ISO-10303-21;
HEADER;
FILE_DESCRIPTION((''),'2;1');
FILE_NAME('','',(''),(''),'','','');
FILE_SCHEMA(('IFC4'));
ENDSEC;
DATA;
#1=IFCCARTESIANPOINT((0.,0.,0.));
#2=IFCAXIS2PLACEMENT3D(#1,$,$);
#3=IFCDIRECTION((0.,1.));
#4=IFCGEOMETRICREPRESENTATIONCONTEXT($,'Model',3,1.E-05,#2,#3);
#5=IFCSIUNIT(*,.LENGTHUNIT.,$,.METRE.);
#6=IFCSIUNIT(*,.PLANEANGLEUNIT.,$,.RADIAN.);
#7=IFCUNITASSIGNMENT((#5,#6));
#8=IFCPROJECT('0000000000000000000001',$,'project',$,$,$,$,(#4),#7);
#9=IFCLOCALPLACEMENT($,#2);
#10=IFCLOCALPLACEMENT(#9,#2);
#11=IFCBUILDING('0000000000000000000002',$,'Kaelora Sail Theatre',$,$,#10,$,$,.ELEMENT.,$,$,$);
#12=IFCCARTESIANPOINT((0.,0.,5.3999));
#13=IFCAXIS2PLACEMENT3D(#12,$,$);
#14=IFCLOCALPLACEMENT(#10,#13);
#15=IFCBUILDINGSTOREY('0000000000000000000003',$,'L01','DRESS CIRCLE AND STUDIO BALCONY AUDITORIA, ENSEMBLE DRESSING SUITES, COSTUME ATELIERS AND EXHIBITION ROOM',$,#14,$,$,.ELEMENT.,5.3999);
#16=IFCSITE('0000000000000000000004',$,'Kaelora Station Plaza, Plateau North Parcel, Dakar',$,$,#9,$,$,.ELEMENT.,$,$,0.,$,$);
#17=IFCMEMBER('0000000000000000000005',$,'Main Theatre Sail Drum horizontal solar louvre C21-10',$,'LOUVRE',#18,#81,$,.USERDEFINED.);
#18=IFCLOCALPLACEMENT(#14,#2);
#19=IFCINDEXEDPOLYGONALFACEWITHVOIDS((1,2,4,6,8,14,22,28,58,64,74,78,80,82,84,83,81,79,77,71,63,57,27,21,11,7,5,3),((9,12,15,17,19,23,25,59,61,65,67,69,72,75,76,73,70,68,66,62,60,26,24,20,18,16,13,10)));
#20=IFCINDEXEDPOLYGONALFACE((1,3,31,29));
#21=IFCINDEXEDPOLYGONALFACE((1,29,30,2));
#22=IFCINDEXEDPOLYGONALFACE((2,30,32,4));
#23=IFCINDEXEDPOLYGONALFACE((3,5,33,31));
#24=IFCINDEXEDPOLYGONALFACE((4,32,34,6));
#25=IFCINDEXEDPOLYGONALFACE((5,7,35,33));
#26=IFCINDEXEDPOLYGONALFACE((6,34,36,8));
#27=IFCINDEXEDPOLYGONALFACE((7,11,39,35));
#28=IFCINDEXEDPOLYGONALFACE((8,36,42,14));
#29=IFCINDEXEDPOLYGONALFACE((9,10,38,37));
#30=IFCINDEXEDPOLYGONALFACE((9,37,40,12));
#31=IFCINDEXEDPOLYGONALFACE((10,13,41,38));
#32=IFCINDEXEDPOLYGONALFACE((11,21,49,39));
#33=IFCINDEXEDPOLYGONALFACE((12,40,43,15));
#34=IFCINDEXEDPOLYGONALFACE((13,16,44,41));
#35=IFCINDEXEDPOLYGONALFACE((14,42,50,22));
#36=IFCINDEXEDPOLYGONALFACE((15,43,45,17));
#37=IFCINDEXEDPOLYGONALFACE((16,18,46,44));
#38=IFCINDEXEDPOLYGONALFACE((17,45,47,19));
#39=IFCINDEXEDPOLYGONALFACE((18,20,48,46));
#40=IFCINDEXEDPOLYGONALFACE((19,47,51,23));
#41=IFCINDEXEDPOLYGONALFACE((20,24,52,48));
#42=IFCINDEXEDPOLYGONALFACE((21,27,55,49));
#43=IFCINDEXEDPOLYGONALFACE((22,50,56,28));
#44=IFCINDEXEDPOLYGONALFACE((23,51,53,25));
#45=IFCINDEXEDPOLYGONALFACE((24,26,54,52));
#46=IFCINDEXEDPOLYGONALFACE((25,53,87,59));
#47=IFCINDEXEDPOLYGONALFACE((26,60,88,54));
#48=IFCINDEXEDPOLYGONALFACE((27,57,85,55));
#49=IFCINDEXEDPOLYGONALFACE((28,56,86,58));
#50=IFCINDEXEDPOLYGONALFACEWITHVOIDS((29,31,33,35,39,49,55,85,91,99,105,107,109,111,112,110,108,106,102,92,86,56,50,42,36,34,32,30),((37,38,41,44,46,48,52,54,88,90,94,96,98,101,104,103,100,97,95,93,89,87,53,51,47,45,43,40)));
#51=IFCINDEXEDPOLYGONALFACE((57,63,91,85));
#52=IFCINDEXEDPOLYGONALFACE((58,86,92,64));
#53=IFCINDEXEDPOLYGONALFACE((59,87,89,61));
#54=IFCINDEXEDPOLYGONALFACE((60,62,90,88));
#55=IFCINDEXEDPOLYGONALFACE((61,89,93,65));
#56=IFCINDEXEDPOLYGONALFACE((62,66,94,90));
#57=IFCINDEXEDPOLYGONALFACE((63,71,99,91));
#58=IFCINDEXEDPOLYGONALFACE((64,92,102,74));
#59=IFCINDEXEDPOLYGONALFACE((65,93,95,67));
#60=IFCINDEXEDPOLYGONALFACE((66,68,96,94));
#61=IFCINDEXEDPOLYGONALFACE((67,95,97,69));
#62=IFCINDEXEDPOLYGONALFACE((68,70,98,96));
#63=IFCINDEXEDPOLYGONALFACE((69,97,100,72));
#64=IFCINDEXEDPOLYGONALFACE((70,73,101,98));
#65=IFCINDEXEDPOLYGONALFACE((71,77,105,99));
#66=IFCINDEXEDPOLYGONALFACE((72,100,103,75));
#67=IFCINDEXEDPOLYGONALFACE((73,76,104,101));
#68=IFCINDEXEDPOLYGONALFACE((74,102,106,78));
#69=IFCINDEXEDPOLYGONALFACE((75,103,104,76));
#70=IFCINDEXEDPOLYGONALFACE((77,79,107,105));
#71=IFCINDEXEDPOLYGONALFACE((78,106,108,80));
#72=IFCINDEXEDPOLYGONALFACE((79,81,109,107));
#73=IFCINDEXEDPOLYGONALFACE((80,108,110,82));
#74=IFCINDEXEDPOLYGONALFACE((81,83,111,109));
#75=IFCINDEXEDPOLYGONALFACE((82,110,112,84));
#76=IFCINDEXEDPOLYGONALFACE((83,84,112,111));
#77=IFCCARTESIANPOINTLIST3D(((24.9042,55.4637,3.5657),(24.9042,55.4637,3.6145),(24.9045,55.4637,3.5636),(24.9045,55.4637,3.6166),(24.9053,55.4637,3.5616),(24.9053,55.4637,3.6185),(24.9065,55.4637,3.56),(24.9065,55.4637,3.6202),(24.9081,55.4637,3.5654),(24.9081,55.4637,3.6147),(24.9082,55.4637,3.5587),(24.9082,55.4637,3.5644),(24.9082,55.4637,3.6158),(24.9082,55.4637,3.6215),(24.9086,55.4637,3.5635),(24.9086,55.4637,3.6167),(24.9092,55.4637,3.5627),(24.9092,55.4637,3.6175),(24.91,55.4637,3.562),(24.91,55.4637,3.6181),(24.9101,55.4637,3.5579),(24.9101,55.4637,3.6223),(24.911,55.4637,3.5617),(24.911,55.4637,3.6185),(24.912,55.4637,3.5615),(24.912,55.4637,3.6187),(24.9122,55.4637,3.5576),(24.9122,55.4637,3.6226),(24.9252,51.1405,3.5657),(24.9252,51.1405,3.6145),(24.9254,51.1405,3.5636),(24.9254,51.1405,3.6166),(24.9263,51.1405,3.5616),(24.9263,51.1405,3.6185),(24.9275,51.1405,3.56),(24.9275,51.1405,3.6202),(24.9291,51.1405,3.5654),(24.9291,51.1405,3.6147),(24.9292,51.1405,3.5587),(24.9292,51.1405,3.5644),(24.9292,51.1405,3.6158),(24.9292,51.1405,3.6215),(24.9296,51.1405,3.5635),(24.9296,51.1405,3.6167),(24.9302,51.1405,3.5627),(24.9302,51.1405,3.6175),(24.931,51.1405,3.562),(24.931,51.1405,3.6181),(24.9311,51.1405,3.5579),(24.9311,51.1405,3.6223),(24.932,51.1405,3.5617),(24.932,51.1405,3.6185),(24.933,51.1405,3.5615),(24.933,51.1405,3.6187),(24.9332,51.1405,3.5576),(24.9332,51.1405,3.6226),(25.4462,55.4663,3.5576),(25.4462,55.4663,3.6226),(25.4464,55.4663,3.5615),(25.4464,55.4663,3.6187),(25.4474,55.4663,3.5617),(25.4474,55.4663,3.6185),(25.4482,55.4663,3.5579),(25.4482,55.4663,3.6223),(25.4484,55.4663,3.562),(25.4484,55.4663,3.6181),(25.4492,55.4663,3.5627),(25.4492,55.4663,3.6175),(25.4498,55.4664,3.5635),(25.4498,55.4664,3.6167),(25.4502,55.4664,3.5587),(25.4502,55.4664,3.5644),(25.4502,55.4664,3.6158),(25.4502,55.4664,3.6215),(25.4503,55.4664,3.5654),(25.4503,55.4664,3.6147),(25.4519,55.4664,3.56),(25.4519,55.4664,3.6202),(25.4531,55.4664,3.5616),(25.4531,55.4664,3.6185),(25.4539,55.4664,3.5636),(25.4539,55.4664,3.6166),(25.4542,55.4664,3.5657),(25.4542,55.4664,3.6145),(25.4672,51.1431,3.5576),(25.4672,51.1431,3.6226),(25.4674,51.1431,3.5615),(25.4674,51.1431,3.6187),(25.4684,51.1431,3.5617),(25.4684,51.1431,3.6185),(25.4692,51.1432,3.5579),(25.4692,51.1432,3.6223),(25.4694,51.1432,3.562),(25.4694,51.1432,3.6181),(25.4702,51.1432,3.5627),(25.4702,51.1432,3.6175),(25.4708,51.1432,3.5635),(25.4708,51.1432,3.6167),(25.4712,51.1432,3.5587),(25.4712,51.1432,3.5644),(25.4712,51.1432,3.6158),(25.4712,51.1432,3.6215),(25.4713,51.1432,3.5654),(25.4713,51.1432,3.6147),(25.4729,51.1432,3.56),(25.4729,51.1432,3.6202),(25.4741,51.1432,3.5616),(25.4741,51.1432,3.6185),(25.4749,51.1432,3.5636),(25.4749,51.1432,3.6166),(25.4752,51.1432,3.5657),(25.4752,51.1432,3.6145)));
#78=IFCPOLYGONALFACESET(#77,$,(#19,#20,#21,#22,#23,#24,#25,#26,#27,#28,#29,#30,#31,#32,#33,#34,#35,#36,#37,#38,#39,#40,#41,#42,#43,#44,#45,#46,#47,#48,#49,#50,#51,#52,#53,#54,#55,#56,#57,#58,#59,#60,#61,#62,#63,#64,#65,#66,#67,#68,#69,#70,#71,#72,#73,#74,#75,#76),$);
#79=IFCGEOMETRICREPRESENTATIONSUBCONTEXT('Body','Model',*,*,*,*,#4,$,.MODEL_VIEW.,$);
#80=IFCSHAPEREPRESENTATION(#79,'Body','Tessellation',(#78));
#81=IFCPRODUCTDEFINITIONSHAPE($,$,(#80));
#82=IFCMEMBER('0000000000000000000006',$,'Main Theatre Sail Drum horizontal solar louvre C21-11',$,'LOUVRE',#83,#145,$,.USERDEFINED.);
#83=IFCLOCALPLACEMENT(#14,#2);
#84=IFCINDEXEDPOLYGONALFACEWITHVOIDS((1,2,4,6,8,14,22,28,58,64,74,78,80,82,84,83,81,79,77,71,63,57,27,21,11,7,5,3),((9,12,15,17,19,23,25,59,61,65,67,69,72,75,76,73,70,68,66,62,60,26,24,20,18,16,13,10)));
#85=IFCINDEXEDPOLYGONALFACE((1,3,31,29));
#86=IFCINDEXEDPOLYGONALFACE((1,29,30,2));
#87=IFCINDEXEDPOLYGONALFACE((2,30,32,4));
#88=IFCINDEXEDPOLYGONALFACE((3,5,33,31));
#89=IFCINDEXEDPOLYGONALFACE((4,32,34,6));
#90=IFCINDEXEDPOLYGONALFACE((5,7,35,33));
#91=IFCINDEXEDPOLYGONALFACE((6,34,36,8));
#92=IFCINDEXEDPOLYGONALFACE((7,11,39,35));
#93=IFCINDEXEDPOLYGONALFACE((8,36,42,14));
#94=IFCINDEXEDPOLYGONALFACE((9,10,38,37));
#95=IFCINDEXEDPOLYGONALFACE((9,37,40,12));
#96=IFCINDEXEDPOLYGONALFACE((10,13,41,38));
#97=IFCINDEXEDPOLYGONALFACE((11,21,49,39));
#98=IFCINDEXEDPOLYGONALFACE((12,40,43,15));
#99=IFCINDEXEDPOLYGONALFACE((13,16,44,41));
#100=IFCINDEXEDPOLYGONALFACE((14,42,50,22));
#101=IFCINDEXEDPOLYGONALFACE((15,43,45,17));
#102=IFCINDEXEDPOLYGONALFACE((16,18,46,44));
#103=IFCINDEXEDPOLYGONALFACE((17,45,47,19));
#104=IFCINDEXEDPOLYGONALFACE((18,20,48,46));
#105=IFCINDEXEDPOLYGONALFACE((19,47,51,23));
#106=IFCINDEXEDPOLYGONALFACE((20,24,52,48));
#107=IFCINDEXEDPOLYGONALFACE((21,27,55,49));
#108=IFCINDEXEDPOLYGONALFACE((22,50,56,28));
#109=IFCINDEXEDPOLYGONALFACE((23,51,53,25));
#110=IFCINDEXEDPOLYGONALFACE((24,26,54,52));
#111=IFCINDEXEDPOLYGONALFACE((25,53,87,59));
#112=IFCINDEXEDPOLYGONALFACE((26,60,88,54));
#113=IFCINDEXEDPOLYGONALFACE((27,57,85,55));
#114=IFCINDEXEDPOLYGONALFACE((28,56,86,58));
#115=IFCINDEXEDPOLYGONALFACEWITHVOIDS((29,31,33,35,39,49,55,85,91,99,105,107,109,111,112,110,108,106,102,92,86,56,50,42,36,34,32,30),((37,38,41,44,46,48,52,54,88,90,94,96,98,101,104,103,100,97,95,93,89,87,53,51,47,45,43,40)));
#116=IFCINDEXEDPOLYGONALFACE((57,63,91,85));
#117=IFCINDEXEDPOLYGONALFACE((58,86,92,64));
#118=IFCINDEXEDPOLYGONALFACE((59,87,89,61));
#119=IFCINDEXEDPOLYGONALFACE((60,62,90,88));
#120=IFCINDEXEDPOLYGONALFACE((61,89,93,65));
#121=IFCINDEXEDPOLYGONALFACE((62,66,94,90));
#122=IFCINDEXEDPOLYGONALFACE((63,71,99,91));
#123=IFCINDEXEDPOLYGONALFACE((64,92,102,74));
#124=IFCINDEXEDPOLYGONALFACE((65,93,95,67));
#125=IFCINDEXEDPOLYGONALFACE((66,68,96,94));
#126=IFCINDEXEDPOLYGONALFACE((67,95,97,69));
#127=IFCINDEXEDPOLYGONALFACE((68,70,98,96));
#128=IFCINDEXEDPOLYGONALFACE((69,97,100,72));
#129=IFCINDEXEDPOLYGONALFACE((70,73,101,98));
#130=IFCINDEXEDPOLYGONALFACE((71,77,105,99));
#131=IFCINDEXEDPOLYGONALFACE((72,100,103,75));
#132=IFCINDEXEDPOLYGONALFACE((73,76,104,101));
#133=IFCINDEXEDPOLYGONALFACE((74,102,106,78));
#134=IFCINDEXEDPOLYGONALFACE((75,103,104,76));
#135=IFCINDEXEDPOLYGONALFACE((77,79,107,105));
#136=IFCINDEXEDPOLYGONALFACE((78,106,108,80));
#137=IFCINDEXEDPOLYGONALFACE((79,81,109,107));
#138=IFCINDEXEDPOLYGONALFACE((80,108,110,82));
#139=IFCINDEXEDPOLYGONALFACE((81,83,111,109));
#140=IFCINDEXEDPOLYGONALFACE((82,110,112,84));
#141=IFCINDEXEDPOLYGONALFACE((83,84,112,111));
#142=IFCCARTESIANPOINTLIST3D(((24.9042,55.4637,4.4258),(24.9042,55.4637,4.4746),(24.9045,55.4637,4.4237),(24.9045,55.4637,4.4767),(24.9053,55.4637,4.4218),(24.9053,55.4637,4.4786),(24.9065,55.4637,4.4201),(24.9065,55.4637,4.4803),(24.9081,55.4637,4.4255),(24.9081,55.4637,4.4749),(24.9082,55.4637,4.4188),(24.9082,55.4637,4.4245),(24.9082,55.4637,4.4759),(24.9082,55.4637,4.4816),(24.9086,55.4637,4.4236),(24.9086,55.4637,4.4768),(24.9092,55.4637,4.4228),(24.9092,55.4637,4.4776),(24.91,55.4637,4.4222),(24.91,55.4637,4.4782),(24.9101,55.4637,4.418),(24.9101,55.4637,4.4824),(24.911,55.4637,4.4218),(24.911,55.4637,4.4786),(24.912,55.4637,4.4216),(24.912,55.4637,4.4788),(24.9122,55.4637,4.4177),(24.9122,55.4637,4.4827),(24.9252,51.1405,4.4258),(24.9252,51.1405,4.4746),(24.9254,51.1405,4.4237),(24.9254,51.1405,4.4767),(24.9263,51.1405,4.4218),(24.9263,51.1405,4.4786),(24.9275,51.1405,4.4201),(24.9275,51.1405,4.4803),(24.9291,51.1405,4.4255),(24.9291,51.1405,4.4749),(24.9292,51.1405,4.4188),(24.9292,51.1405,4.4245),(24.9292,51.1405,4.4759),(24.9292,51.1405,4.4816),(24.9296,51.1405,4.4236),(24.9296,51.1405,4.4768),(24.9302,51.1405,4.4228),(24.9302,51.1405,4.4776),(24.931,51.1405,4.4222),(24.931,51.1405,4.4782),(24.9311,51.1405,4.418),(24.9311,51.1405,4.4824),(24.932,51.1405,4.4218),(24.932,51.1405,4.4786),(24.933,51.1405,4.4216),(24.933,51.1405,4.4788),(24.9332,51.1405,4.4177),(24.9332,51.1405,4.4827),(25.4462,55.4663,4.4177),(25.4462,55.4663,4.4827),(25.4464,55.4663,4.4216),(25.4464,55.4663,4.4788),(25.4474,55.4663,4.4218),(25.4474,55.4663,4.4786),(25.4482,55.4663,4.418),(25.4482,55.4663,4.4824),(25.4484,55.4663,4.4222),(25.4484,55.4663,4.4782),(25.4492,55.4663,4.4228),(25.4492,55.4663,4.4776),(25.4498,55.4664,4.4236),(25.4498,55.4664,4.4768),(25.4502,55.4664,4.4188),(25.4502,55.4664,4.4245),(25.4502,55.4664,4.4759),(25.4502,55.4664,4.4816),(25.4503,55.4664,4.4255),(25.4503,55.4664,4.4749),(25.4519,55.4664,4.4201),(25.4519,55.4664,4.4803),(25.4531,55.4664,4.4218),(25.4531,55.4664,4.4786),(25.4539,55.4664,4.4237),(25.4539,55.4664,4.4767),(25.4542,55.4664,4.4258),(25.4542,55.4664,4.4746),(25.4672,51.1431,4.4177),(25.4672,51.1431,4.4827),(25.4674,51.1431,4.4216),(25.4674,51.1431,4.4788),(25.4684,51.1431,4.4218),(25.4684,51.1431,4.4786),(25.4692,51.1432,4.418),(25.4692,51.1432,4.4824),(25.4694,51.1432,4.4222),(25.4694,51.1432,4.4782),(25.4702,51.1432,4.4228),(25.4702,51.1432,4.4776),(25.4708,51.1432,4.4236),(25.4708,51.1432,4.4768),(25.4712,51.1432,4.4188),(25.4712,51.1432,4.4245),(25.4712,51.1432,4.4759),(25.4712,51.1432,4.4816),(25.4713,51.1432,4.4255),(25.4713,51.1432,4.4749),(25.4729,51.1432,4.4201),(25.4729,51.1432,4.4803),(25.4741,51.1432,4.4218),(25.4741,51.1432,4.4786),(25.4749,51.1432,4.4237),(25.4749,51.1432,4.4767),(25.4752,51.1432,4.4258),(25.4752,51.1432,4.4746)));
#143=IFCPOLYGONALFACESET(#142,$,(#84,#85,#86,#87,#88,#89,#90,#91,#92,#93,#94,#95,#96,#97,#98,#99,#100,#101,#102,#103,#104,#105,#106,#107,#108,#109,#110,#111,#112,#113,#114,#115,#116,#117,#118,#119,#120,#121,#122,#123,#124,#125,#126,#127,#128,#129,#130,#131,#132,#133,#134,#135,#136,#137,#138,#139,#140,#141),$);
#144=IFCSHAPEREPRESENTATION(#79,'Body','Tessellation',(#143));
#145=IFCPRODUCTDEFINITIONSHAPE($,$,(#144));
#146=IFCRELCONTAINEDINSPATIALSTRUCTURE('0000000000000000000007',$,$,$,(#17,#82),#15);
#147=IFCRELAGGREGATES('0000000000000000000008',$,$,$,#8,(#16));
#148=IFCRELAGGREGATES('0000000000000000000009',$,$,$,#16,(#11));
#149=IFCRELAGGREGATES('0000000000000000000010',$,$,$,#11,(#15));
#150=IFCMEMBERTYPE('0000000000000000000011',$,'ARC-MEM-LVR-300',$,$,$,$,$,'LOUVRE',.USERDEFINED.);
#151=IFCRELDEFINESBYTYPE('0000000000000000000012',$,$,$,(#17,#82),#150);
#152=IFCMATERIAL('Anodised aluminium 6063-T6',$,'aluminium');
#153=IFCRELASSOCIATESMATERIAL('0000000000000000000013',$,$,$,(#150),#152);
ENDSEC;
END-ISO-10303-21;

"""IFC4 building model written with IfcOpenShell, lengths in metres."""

from ifc_helpers import new_model, si_unit, direction, frame, origin, origin_2d, place, context, subcontext, project, spatial, hollow_rectangle, extrude, material, material_profile, profile_set, type_object, element, save


model = new_model("IFC4")

# Units and contexts
model_context = context("Model", 3, precision=1e-05, world=origin(), true_north=direction((0.0, 1.0)))
body_context = subcontext(model_context, "Body", "Model", "MODEL_VIEW")
ifc_project = project(units=[si_unit("LENGTHUNIT", "METRE"), si_unit("PLANEANGLEUNIT", "RADIAN")], contexts=[model_context])

# Site, building, storey
site_placement = place(None, origin())
site = spatial("IfcSite", under=ifc_project, at=site_placement, Name="Kaelora Station Plaza, Plateau North Parcel, Dakar", CompositionType="ELEMENT", RefElevation=0.0)
building_placement = place(site_placement, origin())
building = spatial("IfcBuilding", under=site, at=building_placement, Name="Kaelora Sail Theatre", CompositionType="ELEMENT")
storey_placement = place(building_placement, frame((0.0, 0.0, 5.3999)))
storey = spatial("IfcBuildingStorey", under=building, at=storey_placement, Name="L01", Description="DRESS CIRCLE AND STUDIO BALCONY AUDITORIA, ENSEMBLE DRESSING SUITES, COSTUME ATELIERS AND EXHIBITION ROOM", CompositionType="ELEMENT", Elevation=5.3999)

# Members
ifc_material_1 = material(Name="Anodised aluminium 6063-T6", Category="aluminium")
ifc_material_profile_1 = material_profile(ifc_material_1, hollow_rectangle(XDim=0.55, YDim=0.0649, WallThickness=0.0039, InnerFilletRadius=0.0039, OuterFilletRadius=0.0081, at=origin_2d()), Name="LOUVRE 550x65x4")
ifc_profile_set_1 = profile_set([ifc_material_profile_1], Name="Anodised aluminium 6063-T6")
member_type = type_object("IfcMemberType", Name="ARC-MEM-LVR-300", ElementType="LOUVRE", PredefinedType="USERDEFINED", material=ifc_profile_set_1)
for number, where, z_axis, x_axis, name in (
    (1, (25.2002, 51.1418, 3.5901), (-0.004857, 0.999988, 0.0), (-0.999988, -0.004857, 0.0), "Main Theatre Sail Drum horizontal solar louvre C21-10"),
    (2, (25.2002, 51.1418, 4.4502), (-0.004857, 0.999988, 0.0), (-0.999988, -0.004857, 0.0), "Main Theatre Sail Drum horizontal solar louvre C21-11"),
):
    element("IfcMember", number, at=place(storey_placement, frame(where, z_axis=z_axis, x_axis=x_axis)), inside=storey, type_object=member_type, Name=name, ObjectType="LOUVRE", PredefinedType="USERDEFINED", context=body_context, shape_type="SweptSolid", body=[
        extrude(hollow_rectangle(XDim=0.55, YDim=0.0649, WallThickness=0.0039, InnerFilletRadius=0.0039, OuterFilletRadius=0.0081, at=origin_2d()), origin(), (0.0, 0.0, 1.0), 4.3232),
    ])

save(model, "model.ifc")
